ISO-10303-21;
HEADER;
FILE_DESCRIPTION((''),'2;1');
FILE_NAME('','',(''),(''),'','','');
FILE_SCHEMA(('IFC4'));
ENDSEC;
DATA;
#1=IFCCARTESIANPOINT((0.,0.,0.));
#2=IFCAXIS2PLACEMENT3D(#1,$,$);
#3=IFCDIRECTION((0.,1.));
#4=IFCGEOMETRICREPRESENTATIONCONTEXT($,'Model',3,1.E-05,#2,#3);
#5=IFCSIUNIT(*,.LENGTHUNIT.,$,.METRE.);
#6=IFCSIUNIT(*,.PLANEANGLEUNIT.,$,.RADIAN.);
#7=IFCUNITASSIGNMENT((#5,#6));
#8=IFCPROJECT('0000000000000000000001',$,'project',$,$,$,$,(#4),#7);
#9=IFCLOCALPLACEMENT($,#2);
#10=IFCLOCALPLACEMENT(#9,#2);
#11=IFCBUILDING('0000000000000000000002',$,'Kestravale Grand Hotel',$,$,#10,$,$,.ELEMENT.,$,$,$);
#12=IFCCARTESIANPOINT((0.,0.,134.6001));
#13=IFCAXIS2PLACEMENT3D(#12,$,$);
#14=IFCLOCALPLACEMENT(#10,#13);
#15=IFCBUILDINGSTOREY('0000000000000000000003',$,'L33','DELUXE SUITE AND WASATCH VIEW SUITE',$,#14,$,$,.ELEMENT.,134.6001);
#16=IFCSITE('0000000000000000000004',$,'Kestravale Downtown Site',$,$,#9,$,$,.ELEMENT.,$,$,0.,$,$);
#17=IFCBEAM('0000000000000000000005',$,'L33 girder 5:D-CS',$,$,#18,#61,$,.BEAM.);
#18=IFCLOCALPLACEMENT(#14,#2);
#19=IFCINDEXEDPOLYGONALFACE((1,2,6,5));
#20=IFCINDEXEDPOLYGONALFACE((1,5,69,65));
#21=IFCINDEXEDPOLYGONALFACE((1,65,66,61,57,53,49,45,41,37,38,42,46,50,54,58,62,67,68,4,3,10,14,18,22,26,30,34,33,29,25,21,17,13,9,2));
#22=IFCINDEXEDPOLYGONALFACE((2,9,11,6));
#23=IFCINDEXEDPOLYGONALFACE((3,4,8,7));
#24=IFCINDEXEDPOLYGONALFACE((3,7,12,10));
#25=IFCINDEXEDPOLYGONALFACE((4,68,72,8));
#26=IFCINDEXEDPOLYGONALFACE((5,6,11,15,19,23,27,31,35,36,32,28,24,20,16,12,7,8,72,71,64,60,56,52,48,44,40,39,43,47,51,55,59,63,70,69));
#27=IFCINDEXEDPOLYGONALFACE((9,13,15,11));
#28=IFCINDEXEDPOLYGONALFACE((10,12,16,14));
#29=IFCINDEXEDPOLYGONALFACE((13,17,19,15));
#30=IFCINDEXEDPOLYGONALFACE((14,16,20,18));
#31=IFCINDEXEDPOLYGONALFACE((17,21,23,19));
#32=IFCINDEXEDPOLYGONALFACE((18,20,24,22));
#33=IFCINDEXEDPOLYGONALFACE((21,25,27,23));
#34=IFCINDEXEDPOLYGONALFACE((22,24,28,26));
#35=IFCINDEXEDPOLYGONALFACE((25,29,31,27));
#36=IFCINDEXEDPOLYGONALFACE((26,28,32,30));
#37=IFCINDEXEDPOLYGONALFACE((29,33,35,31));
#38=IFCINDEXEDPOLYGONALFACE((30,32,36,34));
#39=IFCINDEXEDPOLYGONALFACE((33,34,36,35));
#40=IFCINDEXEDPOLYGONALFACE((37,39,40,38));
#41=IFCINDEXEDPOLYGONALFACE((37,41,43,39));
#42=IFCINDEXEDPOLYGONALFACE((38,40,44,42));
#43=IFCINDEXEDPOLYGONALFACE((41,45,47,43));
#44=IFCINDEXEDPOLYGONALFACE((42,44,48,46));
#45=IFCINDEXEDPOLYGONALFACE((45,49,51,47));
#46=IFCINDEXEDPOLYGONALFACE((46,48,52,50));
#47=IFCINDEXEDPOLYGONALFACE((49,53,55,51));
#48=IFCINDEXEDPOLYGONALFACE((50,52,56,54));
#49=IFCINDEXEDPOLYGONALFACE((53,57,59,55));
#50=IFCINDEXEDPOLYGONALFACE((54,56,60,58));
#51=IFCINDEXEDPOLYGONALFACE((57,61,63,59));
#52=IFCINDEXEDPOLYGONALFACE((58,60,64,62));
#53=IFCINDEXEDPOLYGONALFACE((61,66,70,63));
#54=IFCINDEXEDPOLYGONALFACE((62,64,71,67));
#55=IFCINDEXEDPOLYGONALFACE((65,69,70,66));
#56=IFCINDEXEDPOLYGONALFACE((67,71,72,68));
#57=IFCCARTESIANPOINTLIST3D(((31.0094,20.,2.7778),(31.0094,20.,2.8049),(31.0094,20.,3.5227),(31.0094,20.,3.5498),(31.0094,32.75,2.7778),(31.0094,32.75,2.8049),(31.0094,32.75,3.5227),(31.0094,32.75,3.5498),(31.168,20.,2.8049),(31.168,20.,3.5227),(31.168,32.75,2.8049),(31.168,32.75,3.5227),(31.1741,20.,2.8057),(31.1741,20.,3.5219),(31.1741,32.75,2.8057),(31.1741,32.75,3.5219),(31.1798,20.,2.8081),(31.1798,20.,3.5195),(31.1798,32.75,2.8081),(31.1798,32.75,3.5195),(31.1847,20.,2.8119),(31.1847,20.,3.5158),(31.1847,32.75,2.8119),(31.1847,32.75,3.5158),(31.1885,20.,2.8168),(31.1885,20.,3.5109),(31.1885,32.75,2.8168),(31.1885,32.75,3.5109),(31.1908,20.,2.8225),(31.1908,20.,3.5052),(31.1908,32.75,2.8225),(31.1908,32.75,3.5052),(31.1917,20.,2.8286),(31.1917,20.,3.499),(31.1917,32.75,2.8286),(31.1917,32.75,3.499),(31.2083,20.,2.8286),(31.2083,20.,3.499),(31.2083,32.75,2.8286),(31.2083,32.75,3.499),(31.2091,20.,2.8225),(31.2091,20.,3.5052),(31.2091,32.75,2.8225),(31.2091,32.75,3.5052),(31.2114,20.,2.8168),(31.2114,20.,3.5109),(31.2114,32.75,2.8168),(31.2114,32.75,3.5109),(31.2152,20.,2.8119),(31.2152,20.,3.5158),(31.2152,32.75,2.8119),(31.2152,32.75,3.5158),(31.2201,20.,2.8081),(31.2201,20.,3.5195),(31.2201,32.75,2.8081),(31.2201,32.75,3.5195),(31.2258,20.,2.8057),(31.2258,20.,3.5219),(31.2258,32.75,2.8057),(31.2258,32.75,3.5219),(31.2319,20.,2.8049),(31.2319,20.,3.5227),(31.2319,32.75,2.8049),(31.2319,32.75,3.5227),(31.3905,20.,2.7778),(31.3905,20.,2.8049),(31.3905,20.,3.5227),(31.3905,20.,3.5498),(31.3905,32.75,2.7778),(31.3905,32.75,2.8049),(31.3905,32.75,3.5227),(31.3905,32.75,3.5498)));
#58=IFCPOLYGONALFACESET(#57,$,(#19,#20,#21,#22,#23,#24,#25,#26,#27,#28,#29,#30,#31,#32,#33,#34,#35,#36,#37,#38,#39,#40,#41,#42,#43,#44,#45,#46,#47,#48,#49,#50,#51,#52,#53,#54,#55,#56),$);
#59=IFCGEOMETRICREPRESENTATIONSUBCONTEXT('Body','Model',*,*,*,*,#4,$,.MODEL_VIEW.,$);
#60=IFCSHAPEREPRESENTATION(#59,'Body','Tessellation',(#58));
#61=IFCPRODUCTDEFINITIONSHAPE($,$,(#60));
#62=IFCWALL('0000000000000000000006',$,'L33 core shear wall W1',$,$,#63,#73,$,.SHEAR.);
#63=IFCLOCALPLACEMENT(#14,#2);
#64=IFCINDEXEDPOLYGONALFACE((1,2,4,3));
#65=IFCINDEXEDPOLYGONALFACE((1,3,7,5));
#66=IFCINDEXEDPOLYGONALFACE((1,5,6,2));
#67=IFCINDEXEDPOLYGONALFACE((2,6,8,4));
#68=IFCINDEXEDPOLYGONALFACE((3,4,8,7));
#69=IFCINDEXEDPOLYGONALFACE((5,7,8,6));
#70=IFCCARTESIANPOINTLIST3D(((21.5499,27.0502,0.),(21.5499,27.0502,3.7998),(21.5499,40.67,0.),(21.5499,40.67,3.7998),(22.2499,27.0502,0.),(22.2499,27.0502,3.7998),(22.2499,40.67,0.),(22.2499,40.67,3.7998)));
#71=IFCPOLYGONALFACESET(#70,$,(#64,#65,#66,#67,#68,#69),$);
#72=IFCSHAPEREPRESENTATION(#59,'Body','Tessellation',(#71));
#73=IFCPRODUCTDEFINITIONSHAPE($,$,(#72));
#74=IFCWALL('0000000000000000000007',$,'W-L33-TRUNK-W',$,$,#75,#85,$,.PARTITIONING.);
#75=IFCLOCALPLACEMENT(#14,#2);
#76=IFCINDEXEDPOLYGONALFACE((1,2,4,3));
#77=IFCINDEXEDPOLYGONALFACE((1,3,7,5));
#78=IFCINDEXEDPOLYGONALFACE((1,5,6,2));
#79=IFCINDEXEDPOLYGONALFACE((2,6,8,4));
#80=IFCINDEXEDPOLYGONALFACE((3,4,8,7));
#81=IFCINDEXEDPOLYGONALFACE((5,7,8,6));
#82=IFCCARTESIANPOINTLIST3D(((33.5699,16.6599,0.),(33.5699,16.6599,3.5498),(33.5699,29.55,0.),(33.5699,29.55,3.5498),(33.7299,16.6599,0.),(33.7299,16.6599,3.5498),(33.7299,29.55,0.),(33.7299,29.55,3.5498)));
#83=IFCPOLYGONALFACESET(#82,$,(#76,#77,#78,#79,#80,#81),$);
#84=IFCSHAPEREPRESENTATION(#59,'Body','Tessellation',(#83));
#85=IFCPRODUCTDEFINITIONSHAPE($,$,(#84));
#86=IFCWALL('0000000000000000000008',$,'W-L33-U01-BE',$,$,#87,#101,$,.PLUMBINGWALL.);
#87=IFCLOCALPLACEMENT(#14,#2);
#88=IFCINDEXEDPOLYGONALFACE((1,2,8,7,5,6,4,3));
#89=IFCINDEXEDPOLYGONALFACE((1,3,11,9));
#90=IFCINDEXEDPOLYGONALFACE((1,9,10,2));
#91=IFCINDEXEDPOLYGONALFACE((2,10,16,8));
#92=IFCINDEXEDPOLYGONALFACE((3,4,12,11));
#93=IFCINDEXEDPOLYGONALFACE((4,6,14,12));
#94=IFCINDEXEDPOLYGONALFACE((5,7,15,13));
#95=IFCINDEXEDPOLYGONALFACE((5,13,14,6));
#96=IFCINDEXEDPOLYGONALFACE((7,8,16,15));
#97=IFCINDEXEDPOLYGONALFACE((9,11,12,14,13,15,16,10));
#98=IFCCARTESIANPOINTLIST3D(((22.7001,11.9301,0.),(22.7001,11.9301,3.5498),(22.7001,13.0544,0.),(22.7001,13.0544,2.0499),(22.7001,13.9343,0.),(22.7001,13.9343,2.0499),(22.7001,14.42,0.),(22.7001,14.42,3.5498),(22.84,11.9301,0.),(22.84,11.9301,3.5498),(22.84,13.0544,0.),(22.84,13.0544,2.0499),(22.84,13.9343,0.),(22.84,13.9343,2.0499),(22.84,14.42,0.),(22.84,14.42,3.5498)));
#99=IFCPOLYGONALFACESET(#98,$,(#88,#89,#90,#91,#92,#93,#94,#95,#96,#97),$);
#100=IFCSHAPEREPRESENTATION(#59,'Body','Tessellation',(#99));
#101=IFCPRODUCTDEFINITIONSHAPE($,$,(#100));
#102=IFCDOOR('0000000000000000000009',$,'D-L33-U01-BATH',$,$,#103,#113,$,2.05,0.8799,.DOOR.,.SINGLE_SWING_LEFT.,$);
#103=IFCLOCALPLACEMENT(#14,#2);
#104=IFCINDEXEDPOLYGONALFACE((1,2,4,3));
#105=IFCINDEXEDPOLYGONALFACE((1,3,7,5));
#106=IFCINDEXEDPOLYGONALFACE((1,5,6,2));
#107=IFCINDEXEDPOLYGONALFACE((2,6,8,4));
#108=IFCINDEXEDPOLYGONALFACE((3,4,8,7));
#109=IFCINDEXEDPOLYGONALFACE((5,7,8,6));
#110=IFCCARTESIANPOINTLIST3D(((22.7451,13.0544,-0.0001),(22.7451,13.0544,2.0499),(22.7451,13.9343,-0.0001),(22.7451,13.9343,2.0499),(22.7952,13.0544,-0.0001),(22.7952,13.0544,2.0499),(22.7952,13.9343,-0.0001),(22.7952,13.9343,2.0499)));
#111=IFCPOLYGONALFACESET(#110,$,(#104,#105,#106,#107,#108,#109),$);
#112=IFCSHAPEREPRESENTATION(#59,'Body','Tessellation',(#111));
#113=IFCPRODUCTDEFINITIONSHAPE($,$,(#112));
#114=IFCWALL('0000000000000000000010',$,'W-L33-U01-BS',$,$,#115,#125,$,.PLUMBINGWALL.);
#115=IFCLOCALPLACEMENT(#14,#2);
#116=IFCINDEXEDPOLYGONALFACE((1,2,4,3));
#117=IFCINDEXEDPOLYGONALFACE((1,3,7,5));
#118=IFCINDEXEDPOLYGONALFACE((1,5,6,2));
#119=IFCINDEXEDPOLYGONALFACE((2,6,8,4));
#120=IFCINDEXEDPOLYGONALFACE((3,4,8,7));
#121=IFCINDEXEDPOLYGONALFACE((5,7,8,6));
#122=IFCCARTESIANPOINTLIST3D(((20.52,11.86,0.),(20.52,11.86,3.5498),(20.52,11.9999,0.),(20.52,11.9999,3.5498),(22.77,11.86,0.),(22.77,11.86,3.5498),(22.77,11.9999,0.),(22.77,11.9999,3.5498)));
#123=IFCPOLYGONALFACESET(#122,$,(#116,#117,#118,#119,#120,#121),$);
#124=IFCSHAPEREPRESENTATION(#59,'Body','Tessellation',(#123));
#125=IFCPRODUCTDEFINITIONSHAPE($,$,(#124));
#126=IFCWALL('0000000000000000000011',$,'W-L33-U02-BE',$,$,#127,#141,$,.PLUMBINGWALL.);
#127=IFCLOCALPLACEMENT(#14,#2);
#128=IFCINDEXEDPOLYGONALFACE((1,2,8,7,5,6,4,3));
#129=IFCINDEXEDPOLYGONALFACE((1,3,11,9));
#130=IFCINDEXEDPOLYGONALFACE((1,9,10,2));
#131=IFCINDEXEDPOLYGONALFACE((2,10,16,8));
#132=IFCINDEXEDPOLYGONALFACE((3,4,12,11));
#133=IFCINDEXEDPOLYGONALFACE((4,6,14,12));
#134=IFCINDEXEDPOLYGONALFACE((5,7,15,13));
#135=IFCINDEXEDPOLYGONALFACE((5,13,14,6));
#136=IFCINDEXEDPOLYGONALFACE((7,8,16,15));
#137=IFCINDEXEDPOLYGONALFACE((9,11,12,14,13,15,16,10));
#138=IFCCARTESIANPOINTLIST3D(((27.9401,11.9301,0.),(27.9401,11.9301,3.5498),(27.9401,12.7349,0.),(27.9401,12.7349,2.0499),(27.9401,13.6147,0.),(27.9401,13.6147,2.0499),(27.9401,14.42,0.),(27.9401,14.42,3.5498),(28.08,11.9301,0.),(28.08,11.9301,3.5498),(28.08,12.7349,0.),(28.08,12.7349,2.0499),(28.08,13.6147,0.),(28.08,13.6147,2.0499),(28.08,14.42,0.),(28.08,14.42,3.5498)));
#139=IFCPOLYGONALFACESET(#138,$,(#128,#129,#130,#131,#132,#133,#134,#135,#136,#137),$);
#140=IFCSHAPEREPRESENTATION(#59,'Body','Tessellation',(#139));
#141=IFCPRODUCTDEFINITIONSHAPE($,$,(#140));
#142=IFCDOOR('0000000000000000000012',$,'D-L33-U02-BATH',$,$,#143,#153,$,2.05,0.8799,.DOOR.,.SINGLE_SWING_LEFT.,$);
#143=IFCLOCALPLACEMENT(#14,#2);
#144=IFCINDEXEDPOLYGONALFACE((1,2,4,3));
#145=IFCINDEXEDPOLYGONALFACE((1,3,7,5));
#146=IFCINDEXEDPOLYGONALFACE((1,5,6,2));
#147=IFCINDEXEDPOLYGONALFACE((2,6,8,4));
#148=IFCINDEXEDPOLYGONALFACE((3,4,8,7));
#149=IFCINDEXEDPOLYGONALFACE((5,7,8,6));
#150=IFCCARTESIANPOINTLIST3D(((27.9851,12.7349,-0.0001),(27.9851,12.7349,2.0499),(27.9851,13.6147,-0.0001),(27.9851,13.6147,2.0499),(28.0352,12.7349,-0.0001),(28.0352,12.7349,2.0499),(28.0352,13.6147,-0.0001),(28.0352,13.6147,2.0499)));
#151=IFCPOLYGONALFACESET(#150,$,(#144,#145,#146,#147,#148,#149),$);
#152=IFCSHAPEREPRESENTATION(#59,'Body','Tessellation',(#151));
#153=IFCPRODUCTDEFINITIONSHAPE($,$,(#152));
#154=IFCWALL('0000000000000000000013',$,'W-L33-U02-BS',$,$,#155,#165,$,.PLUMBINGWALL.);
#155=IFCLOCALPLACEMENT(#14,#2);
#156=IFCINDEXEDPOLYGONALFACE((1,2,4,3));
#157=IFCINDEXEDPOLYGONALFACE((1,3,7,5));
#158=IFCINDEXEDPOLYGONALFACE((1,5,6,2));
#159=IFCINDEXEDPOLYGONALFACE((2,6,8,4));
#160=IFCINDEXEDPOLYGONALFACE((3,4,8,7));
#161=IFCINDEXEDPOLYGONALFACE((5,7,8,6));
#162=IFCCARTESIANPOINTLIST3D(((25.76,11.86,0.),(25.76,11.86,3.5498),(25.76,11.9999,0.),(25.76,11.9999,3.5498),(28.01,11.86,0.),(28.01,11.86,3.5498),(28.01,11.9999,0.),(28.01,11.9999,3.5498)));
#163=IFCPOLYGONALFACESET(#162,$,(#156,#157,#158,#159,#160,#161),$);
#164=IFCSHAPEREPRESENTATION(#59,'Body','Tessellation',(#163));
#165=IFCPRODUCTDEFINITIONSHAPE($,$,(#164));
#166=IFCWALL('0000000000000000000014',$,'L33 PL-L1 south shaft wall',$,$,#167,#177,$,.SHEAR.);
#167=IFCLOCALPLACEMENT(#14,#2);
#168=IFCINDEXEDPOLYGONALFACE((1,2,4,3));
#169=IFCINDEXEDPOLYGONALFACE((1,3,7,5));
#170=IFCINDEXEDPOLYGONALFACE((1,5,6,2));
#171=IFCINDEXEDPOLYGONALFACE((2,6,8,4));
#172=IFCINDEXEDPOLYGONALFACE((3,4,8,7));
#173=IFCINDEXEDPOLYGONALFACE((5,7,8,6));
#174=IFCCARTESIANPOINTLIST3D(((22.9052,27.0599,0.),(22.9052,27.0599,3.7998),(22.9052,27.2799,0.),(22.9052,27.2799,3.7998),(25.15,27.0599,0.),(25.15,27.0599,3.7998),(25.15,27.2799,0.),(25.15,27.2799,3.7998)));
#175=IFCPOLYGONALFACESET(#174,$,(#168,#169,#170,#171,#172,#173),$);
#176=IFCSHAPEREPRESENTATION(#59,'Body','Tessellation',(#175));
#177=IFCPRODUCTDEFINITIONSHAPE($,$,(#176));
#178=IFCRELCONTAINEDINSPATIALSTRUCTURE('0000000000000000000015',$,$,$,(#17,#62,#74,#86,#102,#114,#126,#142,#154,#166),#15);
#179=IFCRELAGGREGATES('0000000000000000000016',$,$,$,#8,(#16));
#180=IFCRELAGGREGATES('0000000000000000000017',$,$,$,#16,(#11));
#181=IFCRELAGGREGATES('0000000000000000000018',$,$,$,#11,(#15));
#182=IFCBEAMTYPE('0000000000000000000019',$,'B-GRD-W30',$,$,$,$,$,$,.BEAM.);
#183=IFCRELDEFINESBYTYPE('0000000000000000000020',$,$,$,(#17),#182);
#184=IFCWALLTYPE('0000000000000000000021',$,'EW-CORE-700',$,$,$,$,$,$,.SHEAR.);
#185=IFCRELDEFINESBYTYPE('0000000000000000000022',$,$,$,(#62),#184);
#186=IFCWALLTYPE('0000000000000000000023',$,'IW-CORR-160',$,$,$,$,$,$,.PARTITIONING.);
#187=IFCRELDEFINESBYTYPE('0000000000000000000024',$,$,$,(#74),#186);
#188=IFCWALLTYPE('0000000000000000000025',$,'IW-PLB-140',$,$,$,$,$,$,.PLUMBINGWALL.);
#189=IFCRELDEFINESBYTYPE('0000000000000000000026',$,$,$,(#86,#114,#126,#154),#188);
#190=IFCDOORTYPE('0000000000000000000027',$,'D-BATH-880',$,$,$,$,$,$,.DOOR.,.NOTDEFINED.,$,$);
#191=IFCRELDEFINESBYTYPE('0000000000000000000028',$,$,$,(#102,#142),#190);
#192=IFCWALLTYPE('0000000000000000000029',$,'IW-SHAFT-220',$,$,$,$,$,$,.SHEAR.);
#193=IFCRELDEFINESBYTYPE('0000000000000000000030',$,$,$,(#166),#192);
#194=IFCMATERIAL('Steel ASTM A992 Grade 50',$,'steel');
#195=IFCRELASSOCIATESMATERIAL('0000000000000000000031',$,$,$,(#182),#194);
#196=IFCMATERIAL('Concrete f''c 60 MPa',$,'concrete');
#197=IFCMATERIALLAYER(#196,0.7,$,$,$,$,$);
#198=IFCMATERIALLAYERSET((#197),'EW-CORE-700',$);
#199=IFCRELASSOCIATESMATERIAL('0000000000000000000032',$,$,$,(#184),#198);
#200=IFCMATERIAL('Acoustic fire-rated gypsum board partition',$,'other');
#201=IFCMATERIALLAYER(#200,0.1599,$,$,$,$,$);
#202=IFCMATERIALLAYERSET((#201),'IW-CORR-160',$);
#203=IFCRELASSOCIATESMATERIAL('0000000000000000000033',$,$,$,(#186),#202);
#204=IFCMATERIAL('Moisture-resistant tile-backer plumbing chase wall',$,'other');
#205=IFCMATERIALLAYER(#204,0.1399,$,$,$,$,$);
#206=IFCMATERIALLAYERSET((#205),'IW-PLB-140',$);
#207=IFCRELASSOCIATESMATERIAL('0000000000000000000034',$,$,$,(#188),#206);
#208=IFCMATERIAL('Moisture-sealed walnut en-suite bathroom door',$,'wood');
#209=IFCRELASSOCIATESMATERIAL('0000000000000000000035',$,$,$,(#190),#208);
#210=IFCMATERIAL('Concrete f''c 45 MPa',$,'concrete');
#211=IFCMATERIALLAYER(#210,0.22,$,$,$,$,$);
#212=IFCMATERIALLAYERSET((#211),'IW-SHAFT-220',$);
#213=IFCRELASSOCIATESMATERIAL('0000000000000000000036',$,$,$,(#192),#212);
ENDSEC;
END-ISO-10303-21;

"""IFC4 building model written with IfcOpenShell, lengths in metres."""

from ifc_helpers import new_model, si_unit, direction, frame, frame_2d, origin, origin_2d, place, context, subcontext, project, spatial, rectangle, i_section, extrude, material, layer, layer_set, material_profile, profile_set, type_object, element, fill, save


model = new_model("IFC4")

# Units and contexts
model_context = context("Model", 3, precision=1e-05, world=origin(), true_north=direction((0.0, 1.0)))
body_context = subcontext(model_context, "Body", "Model", "MODEL_VIEW")
ifc_project = project(units=[si_unit("LENGTHUNIT", "METRE"), si_unit("PLANEANGLEUNIT", "RADIAN")], contexts=[model_context])

# Site, building, storey
site_placement = place(None, origin())
site = spatial("IfcSite", under=ifc_project, at=site_placement, Name="Kestravale Downtown Site", CompositionType="ELEMENT", RefElevation=0.0)
building_placement = place(site_placement, origin())
building = spatial("IfcBuilding", under=site, at=building_placement, Name="Kestravale Grand Hotel", CompositionType="ELEMENT")
storey_placement = place(building_placement, frame((0.0, 0.0, 134.6001)))
storey = spatial("IfcBuildingStorey", under=building, at=storey_placement, Name="L33", Description="DELUXE SUITE AND WASATCH VIEW SUITE", CompositionType="ELEMENT", Elevation=134.6001)

# Beam
ifc_material_1 = material(Name="Steel ASTM A992 Grade 50", Category="steel")
ifc_material_profile_1 = material_profile(ifc_material_1, i_section(OverallWidth=0.3811, OverallDepth=0.772, WebThickness=0.0166, FlangeThickness=0.0271, FilletRadius=0.0237, at=origin_2d()))
ifc_profile_set_1 = profile_set([ifc_material_profile_1], Name="Steel ASTM A992 Grade 50")
beam_type_1 = type_object("IfcBeamType", Name="B-GRD-W30", PredefinedType="BEAM", material=ifc_profile_set_1)
beam_1_placement = place(storey_placement, frame((31.2, 20.0, 3.1638), z_axis=(0.0, 1.0, 0.0), x_axis=(-1.0, 0.0, 0.0)))
element("IfcBeam", 1, at=beam_1_placement, inside=storey, type_object=beam_type_1, Name="L33 girder 5:D-CS", PredefinedType="BEAM", context=body_context, shape_type="SweptSolid", body=[
    extrude(i_section(OverallWidth=0.3811, OverallDepth=0.772, WebThickness=0.0166, FlangeThickness=0.0271, FilletRadius=0.0237, at=origin_2d()), origin(), (0.0, 0.0, 1.0), 12.75),
])

# Walls
ifc_material_2 = material(Name="Concrete f'c 60 MPa", Category="concrete")
ifc_layer_1 = layer(ifc_material_2, 0.7)
ifc_layer_set_1 = layer_set([ifc_layer_1], Name="EW-CORE-700")
wall_type_1 = type_object("IfcWallType", Name="EW-CORE-700", PredefinedType="SHEAR", material=ifc_layer_set_1)
wall_1_placement = place(storey_placement, frame((21.8999, 27.05, 0.0), z_axis=(0.0, 0.0, 1.0), x_axis=(0.0, 1.0, 0.0)))
element("IfcWall", 2, at=wall_1_placement, inside=storey, type_object=wall_type_1, Name="L33 core shear wall W1", PredefinedType="SHEAR", context=body_context, shape_type="SweptSolid", body=[
    extrude(rectangle(XDim=13.6199, YDim=0.7, at=frame_2d((6.8101, 0.0))), origin(), (0.0, 0.0, 1.0), 3.7998),
])
ifc_material_3 = material(Name="Acoustic fire-rated gypsum board partition", Category="other")
ifc_layer_2 = layer(ifc_material_3, 0.1599)
ifc_layer_set_2 = layer_set([ifc_layer_2], Name="IW-CORR-160")
wall_type_2 = type_object("IfcWallType", Name="IW-CORR-160", PredefinedType="PARTITIONING", material=ifc_layer_set_2)
wall_2_placement = place(storey_placement, frame((33.6499, 16.6599, 0.0), z_axis=(0.0, 0.0, 1.0), x_axis=(0.0, 1.0, 0.0)))
element("IfcWall", 3, at=wall_2_placement, inside=storey, type_object=wall_type_2, Name="W-L33-TRUNK-W", PredefinedType="PARTITIONING", context=body_context, shape_type="SweptSolid", body=[
    extrude(rectangle(XDim=12.8901, YDim=0.1599, at=frame_2d((6.4451, 0.0))), origin(), (0.0, 0.0, 1.0), 3.5498),
])

# Wall, opening, door
ifc_material_4 = material(Name="Moisture-resistant tile-backer plumbing chase wall", Category="other")
ifc_layer_3 = layer(ifc_material_4, 0.1399)
ifc_layer_set_3 = layer_set([ifc_layer_3], Name="IW-PLB-140")
wall_type_3 = type_object("IfcWallType", Name="IW-PLB-140", PredefinedType="PLUMBINGWALL", material=ifc_layer_set_3)
wall_3_placement = place(storey_placement, frame((22.77, 11.9299, 0.0), z_axis=(0.0, 0.0, 1.0), x_axis=(0.0, 1.0, 0.0)))
wall_3 = element("IfcWall", 4, at=wall_3_placement, inside=storey, type_object=wall_type_3, Name="W-L33-U01-BE", PredefinedType="PLUMBINGWALL", context=body_context, shape_type="SweptSolid", body=[
    extrude(rectangle(XDim=2.49, YDim=0.1399, at=frame_2d((1.2451, 0.0))), origin(), (0.0, 0.0, 1.0), 3.5498),
])
opening_1_placement = place(wall_3_placement, frame((1.1245, 0.0, 0.0)))
opening_1 = element("IfcOpeningElement", 5, at=opening_1_placement, cuts=wall_3, PredefinedType="OPENING", context=body_context, shape_type="SweptSolid", body=[
    extrude(rectangle(XDim=0.8799, YDim=2.05, at=frame_2d((0.4399, 1.0249))), frame((0.0, 0.0798, 0.0), z_axis=(0.0, -1.0, 0.0), x_axis=(1.0, 0.0, 0.0)), (0.0, 0.0, 1.0), 0.1599),
])
ifc_material_5 = material(Name="Moisture-sealed walnut en-suite bathroom door", Category="wood")
door_type = type_object("IfcDoorType", Name="D-BATH-880", OperationType="NOTDEFINED", PredefinedType="DOOR", material=ifc_material_5)
door_1_placement = place(opening_1_placement, origin())
door_1 = element("IfcDoor", 6, at=door_1_placement, inside=storey, type_object=door_type, Name="D-L33-U01-BATH", OperationType="SINGLE_SWING_LEFT", OverallHeight=2.05, OverallWidth=0.8799, PredefinedType="DOOR", context=body_context, shape_type="SweptSolid", body=[
    extrude(rectangle(XDim=0.8799, YDim=2.05, at=frame_2d((0.4399, 1.0249))), frame((0.0, 0.0249, 0.0), z_axis=(0.0, -1.0, 0.0), x_axis=(1.0, 0.0, 0.0)), (0.0, 0.0, 1.0), 0.05),
])
fill(opening_1, door_1)

# Wall
wall_4_placement = place(storey_placement, frame((20.52, 11.9299, 0.0), z_axis=(0.0, 0.0, 1.0), x_axis=(1.0, 0.0, 0.0)))
element("IfcWall", 7, at=wall_4_placement, inside=storey, type_object=wall_type_3, Name="W-L33-U01-BS", PredefinedType="PLUMBINGWALL", context=body_context, shape_type="SweptSolid", body=[
    extrude(rectangle(XDim=2.25, YDim=0.1399, at=frame_2d((1.125, 0.0))), origin(), (0.0, 0.0, 1.0), 3.5498),
])

# Wall, opening, door
wall_5_placement = place(storey_placement, frame((28.01, 11.9299, 0.0), z_axis=(0.0, 0.0, 1.0), x_axis=(0.0, 1.0, 0.0)))
wall_5 = element("IfcWall", 8, at=wall_5_placement, inside=storey, type_object=wall_type_3, Name="W-L33-U02-BE", PredefinedType="PLUMBINGWALL", context=body_context, shape_type="SweptSolid", body=[
    extrude(rectangle(XDim=2.49, YDim=0.1399, at=frame_2d((1.2451, 0.0))), origin(), (0.0, 0.0, 1.0), 3.5498),
])
opening_2_placement = place(wall_5_placement, frame((0.8049, 0.0, 0.0)))
opening_2 = element("IfcOpeningElement", 9, at=opening_2_placement, cuts=wall_5, PredefinedType="OPENING", context=body_context, shape_type="SweptSolid", body=[
    extrude(rectangle(XDim=0.8799, YDim=2.05, at=frame_2d((0.4399, 1.0249))), frame((0.0, 0.0798, 0.0), z_axis=(0.0, -1.0, 0.0), x_axis=(1.0, 0.0, 0.0)), (0.0, 0.0, 1.0), 0.1599),
])
door_2_placement = place(opening_2_placement, origin())
door_2 = element("IfcDoor", 10, at=door_2_placement, inside=storey, type_object=door_type, Name="D-L33-U02-BATH", OperationType="SINGLE_SWING_LEFT", OverallHeight=2.05, OverallWidth=0.8799, PredefinedType="DOOR", context=body_context, shape_type="SweptSolid", body=[
    extrude(rectangle(XDim=0.8799, YDim=2.05, at=frame_2d((0.4399, 1.0249))), frame((0.0, 0.0249, 0.0), z_axis=(0.0, -1.0, 0.0), x_axis=(1.0, 0.0, 0.0)), (0.0, 0.0, 1.0), 0.05),
])
fill(opening_2, door_2)

# Walls
wall_6_placement = place(storey_placement, frame((25.76, 11.9299, 0.0), z_axis=(0.0, 0.0, 1.0), x_axis=(1.0, 0.0, 0.0)))
element("IfcWall", 11, at=wall_6_placement, inside=storey, type_object=wall_type_3, Name="W-L33-U02-BS", PredefinedType="PLUMBINGWALL", context=body_context, shape_type="SweptSolid", body=[
    extrude(rectangle(XDim=2.25, YDim=0.1399, at=frame_2d((1.125, 0.0))), origin(), (0.0, 0.0, 1.0), 3.5498),
])
ifc_material_6 = material(Name="Concrete f'c 45 MPa", Category="concrete")
ifc_layer_4 = layer(ifc_material_6, 0.22)
ifc_layer_set_4 = layer_set([ifc_layer_4], Name="IW-SHAFT-220")
wall_type_4 = type_object("IfcWallType", Name="IW-SHAFT-220", PredefinedType="SHEAR", material=ifc_layer_set_4)
wall_7_placement = place(storey_placement, frame((22.905, 27.1699, 0.0), z_axis=(0.0, 0.0, 1.0), x_axis=(1.0, 0.0, 0.0)))
element("IfcWall", 12, at=wall_7_placement, inside=storey, type_object=wall_type_4, Name="L33 PL-L1 south shaft wall", PredefinedType="SHEAR", context=body_context, shape_type="SweptSolid", body=[
    extrude(rectangle(XDim=2.2449, YDim=0.22, at=frame_2d((1.1226, 0.0))), origin(), (0.0, 0.0, 1.0), 3.7998),
])

save(model, "model.ifc")
